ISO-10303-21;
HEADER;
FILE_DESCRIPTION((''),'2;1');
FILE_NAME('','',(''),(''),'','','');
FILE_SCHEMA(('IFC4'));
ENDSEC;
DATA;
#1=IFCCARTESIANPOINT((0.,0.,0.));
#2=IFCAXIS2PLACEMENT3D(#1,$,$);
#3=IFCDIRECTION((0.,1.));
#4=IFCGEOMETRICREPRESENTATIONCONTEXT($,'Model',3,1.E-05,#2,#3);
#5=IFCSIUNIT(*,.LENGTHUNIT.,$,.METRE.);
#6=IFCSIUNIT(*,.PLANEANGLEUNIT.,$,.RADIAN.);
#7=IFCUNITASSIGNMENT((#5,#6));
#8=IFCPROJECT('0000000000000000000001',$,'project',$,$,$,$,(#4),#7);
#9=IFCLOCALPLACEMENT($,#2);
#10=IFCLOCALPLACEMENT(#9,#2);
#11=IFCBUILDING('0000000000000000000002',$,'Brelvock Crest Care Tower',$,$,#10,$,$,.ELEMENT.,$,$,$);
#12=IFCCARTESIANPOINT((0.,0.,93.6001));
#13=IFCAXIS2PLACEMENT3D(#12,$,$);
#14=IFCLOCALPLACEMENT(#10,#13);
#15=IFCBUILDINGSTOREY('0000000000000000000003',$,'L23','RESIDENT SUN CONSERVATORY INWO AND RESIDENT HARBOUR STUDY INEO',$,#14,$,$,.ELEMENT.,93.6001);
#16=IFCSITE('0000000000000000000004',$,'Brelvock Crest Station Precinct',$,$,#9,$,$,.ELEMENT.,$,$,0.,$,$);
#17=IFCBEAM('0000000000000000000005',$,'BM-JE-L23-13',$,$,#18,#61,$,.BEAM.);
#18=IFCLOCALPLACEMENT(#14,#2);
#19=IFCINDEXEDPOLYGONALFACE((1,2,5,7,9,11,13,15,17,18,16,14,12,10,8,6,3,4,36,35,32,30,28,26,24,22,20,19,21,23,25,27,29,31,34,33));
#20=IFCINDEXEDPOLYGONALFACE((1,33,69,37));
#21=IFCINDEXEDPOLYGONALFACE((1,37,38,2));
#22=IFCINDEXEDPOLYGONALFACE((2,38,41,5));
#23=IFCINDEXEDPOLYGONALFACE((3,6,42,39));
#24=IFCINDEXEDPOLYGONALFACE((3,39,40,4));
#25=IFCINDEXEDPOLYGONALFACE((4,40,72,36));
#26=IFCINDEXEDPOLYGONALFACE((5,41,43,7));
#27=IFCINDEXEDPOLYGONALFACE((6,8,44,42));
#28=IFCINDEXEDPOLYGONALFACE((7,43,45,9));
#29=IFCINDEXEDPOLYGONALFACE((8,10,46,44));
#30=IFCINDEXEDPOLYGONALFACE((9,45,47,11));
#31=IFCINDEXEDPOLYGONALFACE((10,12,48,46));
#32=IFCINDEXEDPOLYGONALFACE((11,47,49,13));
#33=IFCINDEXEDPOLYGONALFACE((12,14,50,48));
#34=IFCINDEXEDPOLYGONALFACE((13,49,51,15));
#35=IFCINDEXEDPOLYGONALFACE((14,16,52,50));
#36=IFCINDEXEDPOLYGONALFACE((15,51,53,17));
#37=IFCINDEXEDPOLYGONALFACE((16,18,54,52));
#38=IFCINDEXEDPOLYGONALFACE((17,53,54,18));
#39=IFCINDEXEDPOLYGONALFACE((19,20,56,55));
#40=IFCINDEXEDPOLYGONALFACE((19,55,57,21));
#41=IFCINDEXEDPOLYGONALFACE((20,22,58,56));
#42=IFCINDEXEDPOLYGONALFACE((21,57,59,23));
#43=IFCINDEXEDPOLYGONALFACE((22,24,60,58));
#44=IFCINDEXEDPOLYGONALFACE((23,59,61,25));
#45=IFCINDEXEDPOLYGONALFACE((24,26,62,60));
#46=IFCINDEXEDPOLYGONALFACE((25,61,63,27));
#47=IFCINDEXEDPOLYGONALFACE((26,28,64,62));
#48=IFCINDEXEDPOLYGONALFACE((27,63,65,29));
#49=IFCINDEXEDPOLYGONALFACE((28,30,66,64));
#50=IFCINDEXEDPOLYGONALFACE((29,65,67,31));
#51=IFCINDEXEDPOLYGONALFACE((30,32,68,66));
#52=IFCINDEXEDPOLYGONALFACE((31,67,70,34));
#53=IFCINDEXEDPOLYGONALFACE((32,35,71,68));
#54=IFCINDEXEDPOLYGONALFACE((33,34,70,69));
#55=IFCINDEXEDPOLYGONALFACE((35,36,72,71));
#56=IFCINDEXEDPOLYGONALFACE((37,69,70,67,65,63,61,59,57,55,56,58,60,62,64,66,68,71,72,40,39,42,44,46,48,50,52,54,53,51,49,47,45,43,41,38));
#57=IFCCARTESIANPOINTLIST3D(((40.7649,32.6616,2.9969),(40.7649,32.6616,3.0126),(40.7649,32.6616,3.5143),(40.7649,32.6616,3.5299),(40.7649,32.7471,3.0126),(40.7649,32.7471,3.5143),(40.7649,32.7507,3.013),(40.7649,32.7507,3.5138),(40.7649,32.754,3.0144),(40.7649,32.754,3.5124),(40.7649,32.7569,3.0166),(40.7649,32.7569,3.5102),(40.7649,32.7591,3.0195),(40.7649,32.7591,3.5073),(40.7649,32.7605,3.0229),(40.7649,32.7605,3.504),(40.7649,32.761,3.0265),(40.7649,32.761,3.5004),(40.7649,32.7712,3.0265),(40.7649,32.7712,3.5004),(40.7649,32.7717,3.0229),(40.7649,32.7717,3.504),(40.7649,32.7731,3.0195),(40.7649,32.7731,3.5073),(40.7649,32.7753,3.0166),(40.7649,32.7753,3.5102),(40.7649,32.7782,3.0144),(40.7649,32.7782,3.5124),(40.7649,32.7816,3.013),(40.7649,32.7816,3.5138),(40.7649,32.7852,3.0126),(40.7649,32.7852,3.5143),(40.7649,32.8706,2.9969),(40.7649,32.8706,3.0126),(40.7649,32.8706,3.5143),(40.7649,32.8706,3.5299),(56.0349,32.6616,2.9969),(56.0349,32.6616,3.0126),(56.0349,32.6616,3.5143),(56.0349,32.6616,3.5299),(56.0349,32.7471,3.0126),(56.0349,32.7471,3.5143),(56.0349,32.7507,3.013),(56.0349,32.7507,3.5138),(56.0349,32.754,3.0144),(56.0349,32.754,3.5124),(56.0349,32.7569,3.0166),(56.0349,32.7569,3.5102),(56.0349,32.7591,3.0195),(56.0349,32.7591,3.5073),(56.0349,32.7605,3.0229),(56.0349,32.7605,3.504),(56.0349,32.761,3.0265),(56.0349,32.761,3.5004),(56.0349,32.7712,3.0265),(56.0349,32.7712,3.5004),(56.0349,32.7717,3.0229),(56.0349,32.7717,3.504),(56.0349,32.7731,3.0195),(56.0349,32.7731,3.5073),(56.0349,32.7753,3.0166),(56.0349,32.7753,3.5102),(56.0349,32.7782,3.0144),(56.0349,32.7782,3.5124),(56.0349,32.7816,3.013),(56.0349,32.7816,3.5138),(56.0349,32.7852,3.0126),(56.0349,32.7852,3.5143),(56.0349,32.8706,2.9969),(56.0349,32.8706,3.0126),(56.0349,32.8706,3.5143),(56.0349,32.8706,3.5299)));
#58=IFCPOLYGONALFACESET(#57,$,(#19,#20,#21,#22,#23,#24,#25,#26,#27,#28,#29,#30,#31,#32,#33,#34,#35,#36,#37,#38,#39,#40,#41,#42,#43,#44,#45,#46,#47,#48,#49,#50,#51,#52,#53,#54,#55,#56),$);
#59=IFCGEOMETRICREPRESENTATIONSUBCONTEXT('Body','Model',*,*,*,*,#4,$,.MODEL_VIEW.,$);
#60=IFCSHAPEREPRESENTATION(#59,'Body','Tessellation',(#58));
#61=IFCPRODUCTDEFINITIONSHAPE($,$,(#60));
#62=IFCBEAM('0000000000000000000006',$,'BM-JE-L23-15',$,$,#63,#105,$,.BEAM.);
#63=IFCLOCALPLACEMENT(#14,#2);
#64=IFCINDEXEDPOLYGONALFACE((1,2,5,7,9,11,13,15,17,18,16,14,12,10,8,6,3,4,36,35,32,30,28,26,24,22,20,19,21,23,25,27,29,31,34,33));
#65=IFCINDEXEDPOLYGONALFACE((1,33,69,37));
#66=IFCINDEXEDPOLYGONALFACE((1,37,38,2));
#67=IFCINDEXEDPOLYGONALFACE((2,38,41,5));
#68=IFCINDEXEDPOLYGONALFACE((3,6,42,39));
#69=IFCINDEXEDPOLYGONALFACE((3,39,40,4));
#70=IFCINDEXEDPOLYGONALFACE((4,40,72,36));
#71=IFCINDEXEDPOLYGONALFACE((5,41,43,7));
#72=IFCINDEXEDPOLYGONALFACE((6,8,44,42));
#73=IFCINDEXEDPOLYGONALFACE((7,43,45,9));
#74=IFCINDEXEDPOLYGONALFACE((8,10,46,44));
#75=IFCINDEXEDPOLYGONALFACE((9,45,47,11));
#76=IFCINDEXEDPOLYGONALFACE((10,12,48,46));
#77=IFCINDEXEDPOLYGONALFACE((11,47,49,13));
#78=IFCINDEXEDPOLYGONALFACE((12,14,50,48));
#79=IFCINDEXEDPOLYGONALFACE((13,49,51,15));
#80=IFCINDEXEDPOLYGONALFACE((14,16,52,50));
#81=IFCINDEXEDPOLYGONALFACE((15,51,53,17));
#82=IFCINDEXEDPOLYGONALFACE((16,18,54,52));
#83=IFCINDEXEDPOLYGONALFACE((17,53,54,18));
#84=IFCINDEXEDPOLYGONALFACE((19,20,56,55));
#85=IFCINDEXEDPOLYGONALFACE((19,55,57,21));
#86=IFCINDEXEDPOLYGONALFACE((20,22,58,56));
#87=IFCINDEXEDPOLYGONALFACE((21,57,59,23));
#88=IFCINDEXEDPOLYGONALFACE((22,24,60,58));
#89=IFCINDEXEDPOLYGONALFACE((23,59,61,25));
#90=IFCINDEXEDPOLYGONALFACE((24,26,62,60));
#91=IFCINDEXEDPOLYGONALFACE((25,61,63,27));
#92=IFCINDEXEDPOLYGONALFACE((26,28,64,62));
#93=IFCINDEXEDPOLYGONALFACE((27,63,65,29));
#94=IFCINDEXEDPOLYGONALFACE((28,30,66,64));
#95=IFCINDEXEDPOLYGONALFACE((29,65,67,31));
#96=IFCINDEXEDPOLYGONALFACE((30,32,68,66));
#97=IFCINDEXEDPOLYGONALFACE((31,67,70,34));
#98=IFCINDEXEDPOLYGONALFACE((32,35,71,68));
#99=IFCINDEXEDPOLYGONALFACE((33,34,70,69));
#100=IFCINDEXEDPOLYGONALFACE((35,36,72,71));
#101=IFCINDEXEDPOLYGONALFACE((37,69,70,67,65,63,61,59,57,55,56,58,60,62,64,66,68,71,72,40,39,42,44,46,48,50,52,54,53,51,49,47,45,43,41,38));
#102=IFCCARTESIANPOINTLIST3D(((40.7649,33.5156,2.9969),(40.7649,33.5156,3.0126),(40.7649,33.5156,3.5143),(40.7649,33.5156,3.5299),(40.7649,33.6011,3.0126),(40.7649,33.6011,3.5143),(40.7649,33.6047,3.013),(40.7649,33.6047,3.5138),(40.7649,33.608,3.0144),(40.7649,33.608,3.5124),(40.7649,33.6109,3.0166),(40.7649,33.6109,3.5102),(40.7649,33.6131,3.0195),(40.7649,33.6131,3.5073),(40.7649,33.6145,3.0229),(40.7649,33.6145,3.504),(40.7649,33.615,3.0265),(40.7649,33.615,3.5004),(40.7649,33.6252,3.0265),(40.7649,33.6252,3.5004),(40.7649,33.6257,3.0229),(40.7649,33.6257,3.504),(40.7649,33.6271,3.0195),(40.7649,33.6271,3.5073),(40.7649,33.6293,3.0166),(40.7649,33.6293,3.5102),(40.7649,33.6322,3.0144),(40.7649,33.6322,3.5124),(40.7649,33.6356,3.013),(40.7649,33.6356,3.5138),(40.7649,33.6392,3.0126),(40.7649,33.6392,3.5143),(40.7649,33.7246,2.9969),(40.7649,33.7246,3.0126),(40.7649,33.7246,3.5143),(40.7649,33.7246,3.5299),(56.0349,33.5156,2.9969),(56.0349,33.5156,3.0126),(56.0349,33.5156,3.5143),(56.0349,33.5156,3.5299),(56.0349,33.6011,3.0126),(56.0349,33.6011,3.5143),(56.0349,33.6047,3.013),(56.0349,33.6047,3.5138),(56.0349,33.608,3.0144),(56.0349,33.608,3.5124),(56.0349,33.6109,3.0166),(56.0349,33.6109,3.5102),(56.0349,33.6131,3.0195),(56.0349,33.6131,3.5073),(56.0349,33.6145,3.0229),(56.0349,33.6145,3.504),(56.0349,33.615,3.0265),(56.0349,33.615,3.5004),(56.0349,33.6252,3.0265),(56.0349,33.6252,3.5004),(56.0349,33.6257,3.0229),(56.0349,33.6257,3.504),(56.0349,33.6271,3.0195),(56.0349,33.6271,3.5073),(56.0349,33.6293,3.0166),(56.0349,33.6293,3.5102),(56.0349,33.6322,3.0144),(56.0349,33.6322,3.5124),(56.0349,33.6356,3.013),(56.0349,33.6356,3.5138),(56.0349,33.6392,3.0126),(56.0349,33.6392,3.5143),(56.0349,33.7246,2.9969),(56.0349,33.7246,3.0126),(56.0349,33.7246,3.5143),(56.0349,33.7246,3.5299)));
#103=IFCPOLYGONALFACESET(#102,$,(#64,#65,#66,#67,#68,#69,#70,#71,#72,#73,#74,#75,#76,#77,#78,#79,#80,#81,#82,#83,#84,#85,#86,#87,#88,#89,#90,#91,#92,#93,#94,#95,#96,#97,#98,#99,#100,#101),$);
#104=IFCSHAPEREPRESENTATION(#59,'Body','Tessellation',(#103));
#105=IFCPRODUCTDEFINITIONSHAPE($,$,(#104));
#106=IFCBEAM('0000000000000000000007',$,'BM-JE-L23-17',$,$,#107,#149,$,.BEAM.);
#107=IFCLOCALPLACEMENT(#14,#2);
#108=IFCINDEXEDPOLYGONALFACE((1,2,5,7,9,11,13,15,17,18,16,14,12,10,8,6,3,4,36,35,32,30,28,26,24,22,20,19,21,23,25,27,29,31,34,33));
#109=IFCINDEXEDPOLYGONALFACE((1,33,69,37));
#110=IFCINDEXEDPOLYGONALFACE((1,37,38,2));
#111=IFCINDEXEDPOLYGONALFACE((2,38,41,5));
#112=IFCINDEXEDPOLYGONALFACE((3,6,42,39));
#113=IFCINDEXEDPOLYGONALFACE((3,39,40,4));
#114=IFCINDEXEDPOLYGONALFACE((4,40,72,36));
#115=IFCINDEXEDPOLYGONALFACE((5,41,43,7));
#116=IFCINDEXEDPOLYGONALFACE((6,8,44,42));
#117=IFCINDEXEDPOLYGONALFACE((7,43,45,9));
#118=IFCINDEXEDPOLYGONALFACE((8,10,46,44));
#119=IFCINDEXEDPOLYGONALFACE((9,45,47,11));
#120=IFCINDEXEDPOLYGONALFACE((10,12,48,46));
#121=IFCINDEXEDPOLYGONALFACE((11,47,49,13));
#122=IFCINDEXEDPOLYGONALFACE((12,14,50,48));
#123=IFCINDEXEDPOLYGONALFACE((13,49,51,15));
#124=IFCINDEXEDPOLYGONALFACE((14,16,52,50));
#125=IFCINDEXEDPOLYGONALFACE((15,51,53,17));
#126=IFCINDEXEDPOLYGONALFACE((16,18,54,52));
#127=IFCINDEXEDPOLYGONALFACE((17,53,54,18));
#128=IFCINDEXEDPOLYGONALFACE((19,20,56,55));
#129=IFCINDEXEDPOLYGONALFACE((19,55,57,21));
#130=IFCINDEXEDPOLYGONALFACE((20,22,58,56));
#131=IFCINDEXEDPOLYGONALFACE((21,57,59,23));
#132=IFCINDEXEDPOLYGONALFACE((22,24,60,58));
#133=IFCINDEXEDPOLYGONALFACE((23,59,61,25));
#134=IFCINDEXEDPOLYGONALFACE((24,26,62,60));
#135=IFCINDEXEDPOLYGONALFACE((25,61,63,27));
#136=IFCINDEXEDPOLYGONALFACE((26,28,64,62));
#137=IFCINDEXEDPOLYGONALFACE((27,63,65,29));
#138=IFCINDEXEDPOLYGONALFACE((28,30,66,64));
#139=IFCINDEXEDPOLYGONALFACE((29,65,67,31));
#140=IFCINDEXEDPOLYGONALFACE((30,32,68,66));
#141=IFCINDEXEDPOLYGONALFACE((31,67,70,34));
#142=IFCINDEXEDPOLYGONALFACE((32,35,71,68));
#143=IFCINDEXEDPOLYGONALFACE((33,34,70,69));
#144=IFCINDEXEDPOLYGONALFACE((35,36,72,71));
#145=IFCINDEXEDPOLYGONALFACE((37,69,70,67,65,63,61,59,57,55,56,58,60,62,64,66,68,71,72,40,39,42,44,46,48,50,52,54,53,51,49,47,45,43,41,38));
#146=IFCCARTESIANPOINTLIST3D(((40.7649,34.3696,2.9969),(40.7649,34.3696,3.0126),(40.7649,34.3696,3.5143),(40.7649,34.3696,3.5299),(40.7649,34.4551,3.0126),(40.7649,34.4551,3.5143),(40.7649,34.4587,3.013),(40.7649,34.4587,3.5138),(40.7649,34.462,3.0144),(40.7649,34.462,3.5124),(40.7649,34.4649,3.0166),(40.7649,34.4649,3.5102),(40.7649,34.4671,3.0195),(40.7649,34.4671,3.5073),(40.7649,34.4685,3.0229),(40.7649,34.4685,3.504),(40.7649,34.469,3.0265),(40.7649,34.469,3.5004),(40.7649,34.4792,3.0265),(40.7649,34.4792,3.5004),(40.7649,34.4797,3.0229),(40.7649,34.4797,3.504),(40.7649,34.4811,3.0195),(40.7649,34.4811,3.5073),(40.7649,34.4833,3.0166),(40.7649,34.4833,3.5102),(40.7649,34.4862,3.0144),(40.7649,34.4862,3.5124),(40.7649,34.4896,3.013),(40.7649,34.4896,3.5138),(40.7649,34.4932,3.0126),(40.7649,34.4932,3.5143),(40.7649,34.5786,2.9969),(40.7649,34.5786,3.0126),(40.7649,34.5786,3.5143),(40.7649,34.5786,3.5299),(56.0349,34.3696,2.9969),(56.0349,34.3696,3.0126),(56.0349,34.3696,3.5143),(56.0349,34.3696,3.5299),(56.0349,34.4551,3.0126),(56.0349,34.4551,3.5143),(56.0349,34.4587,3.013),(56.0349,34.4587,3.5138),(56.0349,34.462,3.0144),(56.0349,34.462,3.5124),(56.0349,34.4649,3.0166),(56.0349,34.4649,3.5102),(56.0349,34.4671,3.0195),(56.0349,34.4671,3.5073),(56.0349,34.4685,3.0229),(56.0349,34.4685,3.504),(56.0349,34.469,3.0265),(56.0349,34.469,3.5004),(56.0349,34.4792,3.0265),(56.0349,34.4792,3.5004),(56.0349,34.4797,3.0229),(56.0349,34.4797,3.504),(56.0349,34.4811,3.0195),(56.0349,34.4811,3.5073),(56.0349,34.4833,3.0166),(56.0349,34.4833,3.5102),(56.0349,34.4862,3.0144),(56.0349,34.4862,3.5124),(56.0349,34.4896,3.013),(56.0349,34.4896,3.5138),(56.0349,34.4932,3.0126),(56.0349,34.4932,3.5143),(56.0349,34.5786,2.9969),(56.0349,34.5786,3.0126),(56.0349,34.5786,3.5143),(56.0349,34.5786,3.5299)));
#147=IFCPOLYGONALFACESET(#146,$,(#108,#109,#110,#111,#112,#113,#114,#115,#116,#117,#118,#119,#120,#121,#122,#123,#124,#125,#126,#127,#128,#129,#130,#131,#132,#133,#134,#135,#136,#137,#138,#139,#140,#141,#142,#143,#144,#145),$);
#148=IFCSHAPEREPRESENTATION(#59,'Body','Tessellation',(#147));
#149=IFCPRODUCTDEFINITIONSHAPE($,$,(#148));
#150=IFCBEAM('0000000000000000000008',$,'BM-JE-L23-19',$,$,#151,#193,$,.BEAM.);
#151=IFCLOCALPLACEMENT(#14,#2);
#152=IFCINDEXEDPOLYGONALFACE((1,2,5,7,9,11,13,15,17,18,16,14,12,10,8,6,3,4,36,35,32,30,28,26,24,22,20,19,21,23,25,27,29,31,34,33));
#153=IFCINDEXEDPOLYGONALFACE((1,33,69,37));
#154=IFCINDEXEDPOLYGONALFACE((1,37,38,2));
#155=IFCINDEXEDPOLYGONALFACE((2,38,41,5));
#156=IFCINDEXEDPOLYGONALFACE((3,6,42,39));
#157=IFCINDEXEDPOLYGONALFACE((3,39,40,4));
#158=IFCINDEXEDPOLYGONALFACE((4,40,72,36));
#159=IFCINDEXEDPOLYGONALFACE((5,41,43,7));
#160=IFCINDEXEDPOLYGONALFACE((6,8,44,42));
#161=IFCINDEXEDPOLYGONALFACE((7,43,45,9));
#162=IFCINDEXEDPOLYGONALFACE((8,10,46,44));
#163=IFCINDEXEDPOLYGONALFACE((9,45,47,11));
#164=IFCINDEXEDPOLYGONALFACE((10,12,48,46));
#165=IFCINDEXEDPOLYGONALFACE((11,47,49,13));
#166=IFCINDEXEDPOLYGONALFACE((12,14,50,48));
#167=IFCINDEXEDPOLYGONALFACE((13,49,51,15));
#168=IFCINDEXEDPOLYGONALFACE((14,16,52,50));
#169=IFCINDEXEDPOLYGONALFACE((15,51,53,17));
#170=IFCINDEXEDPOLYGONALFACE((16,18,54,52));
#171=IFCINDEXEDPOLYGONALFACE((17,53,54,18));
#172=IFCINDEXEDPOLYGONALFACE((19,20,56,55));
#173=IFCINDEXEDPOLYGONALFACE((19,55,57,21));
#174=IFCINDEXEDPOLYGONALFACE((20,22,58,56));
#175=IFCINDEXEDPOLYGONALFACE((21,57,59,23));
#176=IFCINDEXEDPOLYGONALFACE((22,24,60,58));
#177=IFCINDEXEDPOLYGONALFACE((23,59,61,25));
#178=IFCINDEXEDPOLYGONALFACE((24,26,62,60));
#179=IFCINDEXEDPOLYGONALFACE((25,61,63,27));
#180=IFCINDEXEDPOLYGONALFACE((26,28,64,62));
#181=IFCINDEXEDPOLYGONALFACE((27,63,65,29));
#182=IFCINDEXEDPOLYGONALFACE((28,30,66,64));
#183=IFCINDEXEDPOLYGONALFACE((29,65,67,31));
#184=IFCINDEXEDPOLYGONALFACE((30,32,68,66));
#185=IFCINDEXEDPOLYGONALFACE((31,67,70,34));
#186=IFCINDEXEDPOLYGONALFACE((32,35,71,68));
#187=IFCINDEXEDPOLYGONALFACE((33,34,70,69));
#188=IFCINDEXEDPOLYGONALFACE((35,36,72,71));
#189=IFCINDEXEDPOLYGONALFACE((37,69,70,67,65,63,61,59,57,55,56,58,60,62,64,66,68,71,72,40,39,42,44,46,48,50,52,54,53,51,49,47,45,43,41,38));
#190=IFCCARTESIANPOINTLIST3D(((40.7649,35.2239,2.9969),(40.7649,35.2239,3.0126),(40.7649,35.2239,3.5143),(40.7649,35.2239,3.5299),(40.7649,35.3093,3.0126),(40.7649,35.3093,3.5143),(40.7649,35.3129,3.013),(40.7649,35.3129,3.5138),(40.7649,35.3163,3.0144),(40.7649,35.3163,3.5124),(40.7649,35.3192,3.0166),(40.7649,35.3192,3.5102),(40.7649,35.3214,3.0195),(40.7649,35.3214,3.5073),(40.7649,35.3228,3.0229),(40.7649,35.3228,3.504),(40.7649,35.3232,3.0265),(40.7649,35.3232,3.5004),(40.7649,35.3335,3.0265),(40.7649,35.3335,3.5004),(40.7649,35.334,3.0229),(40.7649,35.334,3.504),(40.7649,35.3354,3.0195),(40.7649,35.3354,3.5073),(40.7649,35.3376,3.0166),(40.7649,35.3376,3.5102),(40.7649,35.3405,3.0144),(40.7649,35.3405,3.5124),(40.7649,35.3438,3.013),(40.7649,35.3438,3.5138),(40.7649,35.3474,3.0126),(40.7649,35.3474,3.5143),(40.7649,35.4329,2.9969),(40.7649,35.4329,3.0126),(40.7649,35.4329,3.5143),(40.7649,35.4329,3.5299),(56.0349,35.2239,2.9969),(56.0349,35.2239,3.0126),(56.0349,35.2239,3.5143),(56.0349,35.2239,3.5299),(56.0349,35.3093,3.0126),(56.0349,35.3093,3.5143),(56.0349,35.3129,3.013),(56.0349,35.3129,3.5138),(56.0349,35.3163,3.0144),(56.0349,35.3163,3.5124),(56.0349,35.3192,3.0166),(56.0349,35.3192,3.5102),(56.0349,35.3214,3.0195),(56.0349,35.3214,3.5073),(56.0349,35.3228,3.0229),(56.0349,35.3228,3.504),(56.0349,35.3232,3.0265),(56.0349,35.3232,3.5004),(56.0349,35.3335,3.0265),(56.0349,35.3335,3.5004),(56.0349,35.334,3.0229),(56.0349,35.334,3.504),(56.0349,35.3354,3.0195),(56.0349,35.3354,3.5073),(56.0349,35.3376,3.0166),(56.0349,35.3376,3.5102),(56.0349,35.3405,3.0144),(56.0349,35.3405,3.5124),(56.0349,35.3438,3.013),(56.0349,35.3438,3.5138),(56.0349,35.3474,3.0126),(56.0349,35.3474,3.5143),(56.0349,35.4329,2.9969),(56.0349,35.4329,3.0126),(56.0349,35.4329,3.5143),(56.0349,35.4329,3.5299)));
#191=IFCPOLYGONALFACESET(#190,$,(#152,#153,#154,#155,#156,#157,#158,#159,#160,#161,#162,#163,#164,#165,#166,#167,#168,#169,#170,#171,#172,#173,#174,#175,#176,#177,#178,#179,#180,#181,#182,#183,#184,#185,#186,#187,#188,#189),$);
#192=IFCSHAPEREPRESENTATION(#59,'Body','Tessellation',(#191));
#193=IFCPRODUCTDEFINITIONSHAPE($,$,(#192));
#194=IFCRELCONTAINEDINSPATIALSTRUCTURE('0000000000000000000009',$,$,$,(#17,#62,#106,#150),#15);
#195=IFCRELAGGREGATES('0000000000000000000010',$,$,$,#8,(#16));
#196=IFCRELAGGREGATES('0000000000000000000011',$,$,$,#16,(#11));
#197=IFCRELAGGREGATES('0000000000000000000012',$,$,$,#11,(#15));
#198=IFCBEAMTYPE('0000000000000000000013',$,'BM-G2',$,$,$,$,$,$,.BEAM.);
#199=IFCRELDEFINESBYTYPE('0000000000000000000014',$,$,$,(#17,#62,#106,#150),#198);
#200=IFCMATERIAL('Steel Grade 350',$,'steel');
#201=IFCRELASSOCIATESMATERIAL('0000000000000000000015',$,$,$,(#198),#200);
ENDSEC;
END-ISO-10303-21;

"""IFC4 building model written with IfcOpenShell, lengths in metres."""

from ifc_helpers import new_model, si_unit, direction, frame, origin, origin_2d, place, context, subcontext, project, spatial, i_section, extrude, source, transform, mapped, material, material_profile, profile_set, type_object, element, save


model = new_model("IFC4")

# Units and contexts
model_context = context("Model", 3, precision=1e-05, world=origin(), true_north=direction((0.0, 1.0)))
body_context = subcontext(model_context, "Body", "Model", "MODEL_VIEW")
ifc_project = project(units=[si_unit("LENGTHUNIT", "METRE"), si_unit("PLANEANGLEUNIT", "RADIAN")], contexts=[model_context])

# Site, building, storey
site_placement = place(None, origin())
site = spatial("IfcSite", under=ifc_project, at=site_placement, Name="Brelvock Crest Station Precinct", CompositionType="ELEMENT", RefElevation=0.0)
building_placement = place(site_placement, origin())
building = spatial("IfcBuilding", under=site, at=building_placement, Name="Brelvock Crest Care Tower", CompositionType="ELEMENT")
storey_placement = place(building_placement, frame((0.0, 0.0, 93.6001)))
storey = spatial("IfcBuildingStorey", under=building, at=storey_placement, Name="L23", Description="RESIDENT SUN CONSERVATORY INWO AND RESIDENT HARBOUR STUDY INEO", CompositionType="ELEMENT", Elevation=93.6001)

# Beams
ifc_material_1 = material(Name="Steel Grade 350", Category="steel")
ifc_material_profile_1 = material_profile(ifc_material_1, i_section(OverallWidth=0.209, OverallDepth=0.533, WebThickness=0.0103, FlangeThickness=0.0156, FilletRadius=0.0139, at=origin_2d()), Name="530UB92.4")
ifc_profile_set_1 = profile_set([ifc_material_profile_1], Name="Steel Grade 350")
beam_type_1 = type_object("IfcBeamType", Name="BM-G2", PredefinedType="BEAM", material=ifc_profile_set_1)
shared_shape_1 = source(origin(), body_context, "Body", "SweptSolid", [
    extrude(i_section(OverallWidth=0.209, OverallDepth=0.533, WebThickness=0.0103, FlangeThickness=0.0156, FilletRadius=0.0139, at=origin_2d()), origin(), (0.0, 0.0, 1.0), 15.27),
])
for number, where, z_axis, x_axis, name in (
    (1, (40.7649, 32.7661, 3.2634), (1.0, 0.0, 0.0), (0.0, 1.0, 0.0), "BM-JE-L23-13"),
    (2, (40.7649, 33.6201, 3.2634), (1.0, 0.0, 0.0), (0.0, 1.0, 0.0), "BM-JE-L23-15"),
    (3, (40.7649, 34.4741, 3.2634), (1.0, 0.0, 0.0), (0.0, 1.0, 0.0), "BM-JE-L23-17"),
    (4, (40.7649, 35.3284, 3.2634), (1.0, 0.0, 0.0), (0.0, 1.0, 0.0), "BM-JE-L23-19"),
):
    element("IfcBeam", number, at=place(storey_placement, frame(where, z_axis=z_axis, x_axis=x_axis)), inside=storey, type_object=beam_type_1, Name=name, PredefinedType="BEAM", context=body_context, shape_type="MappedRepresentation", body=[
        mapped(shared_shape_1, transform((0.0, 0.0, 0.0), x_axis=(1.0, 0.0, 0.0), y_axis=(0.0, 1.0, 0.0), z_axis=(0.0, 0.0, 1.0), scale=1.0)),
    ])

save(model, "model.ifc")
